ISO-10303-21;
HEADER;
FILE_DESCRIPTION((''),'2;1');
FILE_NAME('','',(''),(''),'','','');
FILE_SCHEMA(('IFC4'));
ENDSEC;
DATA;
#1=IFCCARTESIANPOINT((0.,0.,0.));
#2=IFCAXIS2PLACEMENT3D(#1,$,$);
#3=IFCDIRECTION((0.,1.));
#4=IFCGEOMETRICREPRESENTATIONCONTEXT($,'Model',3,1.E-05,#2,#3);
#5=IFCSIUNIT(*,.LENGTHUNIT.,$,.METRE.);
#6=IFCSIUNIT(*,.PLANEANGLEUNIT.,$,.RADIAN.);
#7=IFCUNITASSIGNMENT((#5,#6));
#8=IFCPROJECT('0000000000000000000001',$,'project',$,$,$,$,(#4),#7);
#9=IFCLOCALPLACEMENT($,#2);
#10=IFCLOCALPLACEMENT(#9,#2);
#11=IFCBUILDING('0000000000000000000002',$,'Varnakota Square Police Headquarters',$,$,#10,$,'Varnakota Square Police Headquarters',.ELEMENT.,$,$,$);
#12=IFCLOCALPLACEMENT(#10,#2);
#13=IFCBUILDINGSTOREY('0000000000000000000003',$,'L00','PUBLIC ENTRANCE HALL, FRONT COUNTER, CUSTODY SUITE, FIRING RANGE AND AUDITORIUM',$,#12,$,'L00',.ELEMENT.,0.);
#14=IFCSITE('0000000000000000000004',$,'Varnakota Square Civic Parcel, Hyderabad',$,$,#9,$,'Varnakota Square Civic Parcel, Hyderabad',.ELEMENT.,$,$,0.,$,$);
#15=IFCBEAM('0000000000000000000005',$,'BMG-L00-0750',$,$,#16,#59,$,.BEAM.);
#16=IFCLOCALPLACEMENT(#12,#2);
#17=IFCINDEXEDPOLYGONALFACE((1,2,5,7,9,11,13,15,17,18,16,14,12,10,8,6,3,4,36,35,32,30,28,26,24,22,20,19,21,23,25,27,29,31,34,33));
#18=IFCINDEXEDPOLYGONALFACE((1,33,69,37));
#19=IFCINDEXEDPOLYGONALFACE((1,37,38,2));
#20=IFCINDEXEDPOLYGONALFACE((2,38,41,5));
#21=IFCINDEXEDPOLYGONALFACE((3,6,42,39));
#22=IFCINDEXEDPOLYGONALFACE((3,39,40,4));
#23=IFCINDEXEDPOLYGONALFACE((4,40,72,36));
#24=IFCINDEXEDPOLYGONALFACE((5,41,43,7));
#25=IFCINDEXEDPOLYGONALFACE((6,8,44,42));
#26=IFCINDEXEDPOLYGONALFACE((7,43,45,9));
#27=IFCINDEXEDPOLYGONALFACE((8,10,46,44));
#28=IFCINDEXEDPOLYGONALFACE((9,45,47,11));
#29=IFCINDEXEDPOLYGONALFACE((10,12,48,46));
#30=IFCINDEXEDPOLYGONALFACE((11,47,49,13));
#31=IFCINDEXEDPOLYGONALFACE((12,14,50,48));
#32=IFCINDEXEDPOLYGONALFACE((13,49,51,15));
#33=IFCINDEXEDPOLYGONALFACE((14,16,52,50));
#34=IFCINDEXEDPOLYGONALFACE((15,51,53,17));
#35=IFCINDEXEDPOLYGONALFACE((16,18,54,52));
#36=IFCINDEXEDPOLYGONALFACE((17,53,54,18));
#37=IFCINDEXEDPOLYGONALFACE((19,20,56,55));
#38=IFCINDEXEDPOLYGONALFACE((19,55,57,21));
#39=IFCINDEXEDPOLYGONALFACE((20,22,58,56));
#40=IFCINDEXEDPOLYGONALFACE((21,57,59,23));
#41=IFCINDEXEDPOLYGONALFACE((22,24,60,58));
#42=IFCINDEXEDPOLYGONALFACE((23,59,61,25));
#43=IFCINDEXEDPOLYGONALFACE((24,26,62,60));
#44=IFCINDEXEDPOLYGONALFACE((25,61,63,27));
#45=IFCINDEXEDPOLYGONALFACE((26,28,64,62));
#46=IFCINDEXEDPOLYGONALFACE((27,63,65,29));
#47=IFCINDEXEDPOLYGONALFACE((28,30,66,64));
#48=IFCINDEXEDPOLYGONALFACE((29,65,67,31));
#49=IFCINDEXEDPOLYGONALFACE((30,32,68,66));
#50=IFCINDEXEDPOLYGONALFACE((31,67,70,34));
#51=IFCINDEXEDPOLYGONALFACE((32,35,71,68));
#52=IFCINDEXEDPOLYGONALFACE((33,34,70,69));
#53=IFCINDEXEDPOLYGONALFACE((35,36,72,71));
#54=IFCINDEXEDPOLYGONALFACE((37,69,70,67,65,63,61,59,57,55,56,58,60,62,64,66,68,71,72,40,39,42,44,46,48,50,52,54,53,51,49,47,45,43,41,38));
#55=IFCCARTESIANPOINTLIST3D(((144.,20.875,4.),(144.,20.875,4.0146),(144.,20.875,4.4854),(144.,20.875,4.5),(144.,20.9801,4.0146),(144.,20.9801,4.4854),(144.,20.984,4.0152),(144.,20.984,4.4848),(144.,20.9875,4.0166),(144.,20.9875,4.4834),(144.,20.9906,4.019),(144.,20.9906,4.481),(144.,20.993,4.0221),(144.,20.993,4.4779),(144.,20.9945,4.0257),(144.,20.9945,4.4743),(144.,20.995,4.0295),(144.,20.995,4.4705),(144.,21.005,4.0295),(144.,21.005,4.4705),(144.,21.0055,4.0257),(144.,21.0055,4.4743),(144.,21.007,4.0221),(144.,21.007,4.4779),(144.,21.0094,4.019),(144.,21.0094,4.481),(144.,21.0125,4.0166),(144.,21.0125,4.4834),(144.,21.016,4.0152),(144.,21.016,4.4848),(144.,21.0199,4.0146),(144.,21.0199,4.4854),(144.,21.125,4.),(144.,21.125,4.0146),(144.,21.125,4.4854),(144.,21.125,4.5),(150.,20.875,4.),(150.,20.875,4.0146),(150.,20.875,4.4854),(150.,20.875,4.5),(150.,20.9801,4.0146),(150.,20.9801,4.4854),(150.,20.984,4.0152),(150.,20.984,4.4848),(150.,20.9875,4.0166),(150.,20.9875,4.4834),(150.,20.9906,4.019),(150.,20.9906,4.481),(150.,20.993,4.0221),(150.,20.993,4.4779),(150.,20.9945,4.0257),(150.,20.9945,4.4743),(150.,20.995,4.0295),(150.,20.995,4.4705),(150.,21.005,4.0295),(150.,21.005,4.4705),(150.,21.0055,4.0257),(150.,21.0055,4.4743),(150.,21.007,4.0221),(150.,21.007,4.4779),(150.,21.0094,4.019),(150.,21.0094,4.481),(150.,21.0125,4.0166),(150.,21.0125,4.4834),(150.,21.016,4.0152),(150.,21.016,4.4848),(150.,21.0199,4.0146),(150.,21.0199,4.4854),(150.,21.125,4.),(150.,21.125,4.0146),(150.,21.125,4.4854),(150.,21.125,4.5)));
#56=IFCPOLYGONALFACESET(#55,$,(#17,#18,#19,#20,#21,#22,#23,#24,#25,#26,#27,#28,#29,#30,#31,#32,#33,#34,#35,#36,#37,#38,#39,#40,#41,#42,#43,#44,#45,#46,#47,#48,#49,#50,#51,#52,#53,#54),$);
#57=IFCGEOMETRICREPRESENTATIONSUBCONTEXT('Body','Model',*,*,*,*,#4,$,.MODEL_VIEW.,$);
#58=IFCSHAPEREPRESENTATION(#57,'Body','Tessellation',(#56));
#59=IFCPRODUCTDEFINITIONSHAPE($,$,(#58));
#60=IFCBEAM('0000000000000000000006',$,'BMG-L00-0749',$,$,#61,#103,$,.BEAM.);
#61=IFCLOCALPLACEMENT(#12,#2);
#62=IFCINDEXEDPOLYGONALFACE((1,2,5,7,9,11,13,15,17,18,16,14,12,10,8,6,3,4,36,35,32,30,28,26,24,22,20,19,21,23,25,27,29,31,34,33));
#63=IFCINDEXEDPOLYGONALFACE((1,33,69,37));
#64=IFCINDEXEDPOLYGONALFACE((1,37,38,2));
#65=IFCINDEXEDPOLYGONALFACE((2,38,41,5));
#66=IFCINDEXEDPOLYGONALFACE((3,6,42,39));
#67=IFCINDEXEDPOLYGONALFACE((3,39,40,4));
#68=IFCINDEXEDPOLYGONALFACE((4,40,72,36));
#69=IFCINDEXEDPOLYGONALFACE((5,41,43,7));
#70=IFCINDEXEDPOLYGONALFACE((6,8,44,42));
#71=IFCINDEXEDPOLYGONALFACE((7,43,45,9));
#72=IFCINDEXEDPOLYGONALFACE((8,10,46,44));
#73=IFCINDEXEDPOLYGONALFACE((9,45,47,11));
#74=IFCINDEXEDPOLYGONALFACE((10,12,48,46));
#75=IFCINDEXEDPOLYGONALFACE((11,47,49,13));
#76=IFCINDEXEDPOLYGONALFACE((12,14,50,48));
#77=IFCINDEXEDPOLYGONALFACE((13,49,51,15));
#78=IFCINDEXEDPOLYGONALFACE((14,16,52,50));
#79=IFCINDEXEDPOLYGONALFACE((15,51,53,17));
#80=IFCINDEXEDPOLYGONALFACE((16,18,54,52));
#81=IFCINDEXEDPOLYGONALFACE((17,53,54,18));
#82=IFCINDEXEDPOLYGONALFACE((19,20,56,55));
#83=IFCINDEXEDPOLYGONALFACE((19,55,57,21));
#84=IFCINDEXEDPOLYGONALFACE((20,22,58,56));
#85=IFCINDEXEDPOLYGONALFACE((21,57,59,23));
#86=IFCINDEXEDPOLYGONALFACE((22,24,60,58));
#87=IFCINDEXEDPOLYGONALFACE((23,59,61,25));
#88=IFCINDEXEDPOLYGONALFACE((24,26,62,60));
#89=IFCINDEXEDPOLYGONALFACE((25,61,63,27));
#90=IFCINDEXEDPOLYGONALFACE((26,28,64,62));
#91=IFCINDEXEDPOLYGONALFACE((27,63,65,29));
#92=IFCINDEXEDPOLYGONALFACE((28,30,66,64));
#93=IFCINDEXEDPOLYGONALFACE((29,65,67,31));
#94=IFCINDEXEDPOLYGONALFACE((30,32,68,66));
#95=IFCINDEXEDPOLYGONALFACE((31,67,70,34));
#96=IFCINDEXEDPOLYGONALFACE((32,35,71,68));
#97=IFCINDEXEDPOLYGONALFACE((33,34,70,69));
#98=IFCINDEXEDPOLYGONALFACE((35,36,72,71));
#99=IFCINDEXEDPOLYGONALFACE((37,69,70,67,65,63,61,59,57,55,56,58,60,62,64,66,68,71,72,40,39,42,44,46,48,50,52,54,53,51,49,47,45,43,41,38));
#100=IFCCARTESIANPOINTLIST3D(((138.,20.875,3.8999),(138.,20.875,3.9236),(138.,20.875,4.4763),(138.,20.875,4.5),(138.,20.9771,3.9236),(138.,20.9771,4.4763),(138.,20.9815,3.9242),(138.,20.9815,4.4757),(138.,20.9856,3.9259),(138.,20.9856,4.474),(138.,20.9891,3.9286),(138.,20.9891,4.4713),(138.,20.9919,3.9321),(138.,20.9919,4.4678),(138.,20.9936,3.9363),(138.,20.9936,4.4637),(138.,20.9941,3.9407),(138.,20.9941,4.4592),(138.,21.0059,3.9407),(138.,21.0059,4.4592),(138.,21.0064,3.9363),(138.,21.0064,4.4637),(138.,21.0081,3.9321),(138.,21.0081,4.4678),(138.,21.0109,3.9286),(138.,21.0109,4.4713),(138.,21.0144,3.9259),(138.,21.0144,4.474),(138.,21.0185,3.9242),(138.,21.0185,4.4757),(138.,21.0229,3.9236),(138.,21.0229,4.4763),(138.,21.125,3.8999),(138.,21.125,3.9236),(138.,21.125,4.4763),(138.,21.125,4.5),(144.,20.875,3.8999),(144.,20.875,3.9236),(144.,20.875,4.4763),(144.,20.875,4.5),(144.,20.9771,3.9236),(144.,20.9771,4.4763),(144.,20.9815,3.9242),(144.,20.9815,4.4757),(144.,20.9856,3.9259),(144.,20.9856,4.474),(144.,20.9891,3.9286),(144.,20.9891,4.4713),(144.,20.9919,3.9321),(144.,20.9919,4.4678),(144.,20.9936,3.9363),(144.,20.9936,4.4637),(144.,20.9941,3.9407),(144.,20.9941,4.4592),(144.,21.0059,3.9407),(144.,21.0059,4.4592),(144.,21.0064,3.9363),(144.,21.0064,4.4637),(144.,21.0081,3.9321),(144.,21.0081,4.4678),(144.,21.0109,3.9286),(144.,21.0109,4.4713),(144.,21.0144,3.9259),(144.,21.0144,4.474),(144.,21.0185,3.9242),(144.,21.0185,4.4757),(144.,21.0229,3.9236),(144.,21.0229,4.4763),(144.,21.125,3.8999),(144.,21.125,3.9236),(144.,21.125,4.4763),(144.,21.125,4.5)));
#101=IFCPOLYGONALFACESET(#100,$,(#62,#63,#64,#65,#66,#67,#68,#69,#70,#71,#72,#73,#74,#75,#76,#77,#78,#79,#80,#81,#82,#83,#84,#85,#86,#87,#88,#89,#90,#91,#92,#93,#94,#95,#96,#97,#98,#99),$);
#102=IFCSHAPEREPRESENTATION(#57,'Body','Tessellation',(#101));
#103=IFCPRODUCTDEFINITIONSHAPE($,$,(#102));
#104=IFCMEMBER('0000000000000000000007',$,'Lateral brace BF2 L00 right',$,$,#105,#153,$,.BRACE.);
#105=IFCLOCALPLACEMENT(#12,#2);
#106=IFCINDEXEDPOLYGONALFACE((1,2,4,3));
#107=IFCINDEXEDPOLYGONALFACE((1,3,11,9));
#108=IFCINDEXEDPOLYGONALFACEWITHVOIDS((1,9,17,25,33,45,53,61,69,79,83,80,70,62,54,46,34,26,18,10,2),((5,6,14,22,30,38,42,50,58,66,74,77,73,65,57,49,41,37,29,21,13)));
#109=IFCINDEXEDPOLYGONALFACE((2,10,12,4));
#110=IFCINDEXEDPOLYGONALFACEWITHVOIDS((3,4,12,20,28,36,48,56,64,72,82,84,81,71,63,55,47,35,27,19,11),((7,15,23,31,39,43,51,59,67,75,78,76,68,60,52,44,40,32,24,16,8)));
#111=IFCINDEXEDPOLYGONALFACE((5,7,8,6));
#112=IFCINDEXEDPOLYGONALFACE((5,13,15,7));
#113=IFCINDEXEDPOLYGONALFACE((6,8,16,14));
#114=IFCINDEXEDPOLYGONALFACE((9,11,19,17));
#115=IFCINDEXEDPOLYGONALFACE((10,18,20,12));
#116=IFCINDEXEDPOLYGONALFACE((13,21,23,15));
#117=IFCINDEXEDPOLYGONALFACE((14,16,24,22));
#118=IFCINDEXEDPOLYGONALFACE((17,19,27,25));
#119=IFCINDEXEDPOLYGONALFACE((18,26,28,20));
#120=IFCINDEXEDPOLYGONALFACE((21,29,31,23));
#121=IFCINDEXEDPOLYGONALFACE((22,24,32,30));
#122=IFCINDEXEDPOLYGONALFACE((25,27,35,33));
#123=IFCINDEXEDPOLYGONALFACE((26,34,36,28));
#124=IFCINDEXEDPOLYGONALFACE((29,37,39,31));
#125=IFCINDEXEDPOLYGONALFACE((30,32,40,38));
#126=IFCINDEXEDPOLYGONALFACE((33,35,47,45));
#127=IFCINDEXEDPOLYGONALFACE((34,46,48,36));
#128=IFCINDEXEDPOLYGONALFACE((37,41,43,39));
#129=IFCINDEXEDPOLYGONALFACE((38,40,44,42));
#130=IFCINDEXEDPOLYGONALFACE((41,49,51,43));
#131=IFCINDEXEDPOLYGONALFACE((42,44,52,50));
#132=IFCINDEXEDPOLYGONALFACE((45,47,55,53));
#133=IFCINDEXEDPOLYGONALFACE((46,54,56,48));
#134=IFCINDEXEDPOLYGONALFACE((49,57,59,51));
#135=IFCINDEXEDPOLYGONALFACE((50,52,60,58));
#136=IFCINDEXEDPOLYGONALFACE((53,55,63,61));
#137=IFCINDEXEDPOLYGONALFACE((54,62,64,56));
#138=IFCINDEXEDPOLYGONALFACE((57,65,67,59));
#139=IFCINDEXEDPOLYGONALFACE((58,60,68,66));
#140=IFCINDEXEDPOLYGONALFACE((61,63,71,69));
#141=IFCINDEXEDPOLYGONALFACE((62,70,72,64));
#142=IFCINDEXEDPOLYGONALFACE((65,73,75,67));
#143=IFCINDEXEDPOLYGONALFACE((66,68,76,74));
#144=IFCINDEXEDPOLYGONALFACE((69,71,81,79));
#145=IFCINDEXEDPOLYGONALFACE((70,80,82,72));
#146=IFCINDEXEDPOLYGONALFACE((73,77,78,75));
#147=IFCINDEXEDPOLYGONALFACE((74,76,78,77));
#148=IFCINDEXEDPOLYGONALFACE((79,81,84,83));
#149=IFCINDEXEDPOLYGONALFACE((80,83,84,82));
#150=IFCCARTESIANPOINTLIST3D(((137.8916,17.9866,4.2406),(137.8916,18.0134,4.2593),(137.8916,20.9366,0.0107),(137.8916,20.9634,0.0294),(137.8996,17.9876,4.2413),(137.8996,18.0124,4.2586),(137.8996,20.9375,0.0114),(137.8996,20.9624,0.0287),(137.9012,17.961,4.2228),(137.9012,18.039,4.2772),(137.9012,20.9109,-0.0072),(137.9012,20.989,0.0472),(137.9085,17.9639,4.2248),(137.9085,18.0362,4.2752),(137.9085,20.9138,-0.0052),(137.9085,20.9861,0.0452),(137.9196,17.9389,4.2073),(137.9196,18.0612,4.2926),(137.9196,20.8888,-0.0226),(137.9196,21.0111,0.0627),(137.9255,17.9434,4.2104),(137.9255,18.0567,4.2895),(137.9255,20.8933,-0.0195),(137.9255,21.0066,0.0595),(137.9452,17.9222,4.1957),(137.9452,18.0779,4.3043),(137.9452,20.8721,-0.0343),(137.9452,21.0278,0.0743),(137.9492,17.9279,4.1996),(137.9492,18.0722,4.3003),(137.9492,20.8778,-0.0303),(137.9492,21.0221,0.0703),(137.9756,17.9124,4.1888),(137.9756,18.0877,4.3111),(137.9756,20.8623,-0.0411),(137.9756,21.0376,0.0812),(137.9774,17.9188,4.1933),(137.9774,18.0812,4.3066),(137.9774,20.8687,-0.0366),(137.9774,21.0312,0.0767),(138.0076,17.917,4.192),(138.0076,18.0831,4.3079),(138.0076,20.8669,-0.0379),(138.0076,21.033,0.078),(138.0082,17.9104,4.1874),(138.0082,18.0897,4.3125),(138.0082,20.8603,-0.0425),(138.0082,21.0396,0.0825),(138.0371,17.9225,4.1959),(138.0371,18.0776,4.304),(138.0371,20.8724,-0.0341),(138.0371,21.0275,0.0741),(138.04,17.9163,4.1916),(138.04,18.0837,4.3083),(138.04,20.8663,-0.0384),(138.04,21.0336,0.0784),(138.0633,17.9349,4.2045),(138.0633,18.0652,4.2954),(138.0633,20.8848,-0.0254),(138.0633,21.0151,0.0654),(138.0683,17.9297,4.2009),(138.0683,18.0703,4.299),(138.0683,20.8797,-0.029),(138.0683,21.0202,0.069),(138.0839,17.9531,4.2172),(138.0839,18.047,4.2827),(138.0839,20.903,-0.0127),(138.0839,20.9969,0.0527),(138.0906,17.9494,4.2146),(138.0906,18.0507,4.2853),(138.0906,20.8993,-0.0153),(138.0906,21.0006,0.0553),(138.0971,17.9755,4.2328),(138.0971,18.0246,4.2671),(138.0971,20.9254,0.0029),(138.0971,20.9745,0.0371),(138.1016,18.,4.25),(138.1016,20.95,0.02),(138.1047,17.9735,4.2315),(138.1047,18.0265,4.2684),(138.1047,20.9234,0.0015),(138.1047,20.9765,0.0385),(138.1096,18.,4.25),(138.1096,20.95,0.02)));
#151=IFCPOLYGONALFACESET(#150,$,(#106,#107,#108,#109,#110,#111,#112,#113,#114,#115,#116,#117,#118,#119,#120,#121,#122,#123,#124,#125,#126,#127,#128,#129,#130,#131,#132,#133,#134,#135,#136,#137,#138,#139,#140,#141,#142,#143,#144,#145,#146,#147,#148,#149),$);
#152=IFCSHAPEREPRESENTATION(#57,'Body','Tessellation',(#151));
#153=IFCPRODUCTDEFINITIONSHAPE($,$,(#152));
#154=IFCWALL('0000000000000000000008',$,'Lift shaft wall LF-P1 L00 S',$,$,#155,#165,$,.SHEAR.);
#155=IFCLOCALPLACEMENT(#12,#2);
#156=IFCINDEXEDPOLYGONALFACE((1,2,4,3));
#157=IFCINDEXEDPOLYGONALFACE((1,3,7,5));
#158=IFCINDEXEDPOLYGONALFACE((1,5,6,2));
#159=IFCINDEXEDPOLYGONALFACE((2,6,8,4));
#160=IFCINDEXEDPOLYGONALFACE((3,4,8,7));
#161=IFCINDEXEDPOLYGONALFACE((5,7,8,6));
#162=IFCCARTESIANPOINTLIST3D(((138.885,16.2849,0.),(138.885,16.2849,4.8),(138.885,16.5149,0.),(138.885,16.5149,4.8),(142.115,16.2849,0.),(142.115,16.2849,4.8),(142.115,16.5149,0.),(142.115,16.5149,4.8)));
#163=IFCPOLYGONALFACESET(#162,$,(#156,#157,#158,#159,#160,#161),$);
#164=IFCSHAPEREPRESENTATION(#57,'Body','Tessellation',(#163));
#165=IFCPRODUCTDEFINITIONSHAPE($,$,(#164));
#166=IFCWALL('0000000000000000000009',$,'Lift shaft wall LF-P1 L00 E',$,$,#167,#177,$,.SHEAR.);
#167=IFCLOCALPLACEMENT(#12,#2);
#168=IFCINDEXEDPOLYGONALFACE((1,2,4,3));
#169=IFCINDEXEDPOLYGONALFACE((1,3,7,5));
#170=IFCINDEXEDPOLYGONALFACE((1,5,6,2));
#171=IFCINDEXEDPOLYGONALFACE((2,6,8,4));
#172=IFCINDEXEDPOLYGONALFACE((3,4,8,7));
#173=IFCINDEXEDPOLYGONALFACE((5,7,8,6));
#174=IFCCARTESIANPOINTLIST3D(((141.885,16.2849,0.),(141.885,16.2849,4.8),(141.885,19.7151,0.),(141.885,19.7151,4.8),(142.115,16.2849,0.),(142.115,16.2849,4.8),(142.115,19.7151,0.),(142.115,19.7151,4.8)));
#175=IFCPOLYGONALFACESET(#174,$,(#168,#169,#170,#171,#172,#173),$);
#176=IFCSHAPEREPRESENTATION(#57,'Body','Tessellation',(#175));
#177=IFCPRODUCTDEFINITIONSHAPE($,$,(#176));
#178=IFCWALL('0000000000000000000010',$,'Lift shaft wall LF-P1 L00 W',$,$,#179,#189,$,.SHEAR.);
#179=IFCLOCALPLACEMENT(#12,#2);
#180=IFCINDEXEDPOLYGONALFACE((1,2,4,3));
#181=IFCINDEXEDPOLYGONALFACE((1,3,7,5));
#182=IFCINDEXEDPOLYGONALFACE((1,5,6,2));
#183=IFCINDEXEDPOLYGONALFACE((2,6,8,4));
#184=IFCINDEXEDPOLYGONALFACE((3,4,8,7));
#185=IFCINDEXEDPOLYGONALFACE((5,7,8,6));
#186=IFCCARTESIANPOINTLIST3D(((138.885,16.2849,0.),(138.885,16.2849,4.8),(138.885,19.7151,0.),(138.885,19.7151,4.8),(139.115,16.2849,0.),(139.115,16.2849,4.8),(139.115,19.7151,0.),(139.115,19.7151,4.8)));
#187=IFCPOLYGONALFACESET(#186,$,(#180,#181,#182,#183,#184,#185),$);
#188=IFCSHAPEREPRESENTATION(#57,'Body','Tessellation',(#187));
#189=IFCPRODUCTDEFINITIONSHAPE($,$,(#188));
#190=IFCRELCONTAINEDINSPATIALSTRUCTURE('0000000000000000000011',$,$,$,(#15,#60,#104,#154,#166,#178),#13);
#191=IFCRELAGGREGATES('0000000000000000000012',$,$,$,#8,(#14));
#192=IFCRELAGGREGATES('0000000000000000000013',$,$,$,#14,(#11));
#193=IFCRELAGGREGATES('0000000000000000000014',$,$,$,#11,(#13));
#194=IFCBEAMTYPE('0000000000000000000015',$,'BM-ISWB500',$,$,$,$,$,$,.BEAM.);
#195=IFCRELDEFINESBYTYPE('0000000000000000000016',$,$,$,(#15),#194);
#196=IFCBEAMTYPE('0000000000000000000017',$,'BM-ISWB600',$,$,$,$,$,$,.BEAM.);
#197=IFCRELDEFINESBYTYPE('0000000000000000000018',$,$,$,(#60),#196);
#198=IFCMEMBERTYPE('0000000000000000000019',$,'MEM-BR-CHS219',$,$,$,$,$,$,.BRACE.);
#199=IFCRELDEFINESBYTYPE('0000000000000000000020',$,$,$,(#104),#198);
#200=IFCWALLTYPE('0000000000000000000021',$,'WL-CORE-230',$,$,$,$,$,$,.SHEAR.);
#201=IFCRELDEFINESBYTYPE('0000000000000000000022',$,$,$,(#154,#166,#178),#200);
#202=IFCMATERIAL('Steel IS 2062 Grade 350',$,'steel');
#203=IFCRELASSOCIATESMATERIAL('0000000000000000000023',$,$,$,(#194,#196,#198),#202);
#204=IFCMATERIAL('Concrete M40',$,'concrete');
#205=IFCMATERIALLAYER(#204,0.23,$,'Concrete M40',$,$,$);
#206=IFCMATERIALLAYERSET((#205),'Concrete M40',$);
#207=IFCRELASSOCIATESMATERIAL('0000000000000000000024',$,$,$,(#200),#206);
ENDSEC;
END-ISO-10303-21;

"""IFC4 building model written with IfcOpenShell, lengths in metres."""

from ifc_helpers import new_model, si_unit, direction, frame, frame_2d, origin, origin_2d, place, context, subcontext, project, spatial, rectangle, hollow_circle, i_section, extrude, material, layer, layer_set, material_profile, profile_set, type_object, element, save


model = new_model("IFC4")

# Units and contexts
model_context = context("Model", 3, precision=1e-05, world=origin(), true_north=direction((0.0, 1.0)))
body_context = subcontext(model_context, "Body", "Model", "MODEL_VIEW")
ifc_project = project(units=[si_unit("LENGTHUNIT", "METRE"), si_unit("PLANEANGLEUNIT", "RADIAN")], contexts=[model_context])

# Site, building, storey
site_placement = place(None, origin())
site = spatial("IfcSite", under=ifc_project, at=site_placement, Name="Varnakota Square Civic Parcel, Hyderabad", LongName="Varnakota Square Civic Parcel, Hyderabad", CompositionType="ELEMENT", RefElevation=0.0)
building_placement = place(site_placement, origin())
building = spatial("IfcBuilding", under=site, at=building_placement, Name="Varnakota Square Police Headquarters", LongName="Varnakota Square Police Headquarters", CompositionType="ELEMENT")
storey_placement = place(building_placement, origin())
storey = spatial("IfcBuildingStorey", under=building, at=storey_placement, Name="L00", Description="PUBLIC ENTRANCE HALL, FRONT COUNTER, CUSTODY SUITE, FIRING RANGE AND AUDITORIUM", LongName="L00", CompositionType="ELEMENT", Elevation=0.0)

# Beams
ifc_material_1 = material(Name="Steel IS 2062 Grade 350", Category="steel")
ifc_material_profile_1 = material_profile(ifc_material_1, i_section(OverallWidth=0.25, OverallDepth=0.5, WebThickness=0.01, FlangeThickness=0.0146, FilletRadius=0.0149, at=origin_2d()), Name="ISWB 500")
ifc_profile_set_1 = profile_set([ifc_material_profile_1], Name="Steel IS 2062 Grade 350")
beam_type_1 = type_object("IfcBeamType", Name="BM-ISWB500", PredefinedType="BEAM", material=ifc_profile_set_1)
beam_1_placement = place(storey_placement, frame((144.0, 21.0, 4.25), z_axis=(1.0, 0.0, 0.0), x_axis=(0.0, 1.0, 0.0)))
element("IfcBeam", 1, at=beam_1_placement, inside=storey, type_object=beam_type_1, Name="BMG-L00-0750", PredefinedType="BEAM", context=body_context, shape_type="SweptSolid", body=[
    extrude(i_section(OverallWidth=0.25, OverallDepth=0.5, WebThickness=0.01, FlangeThickness=0.0146, FilletRadius=0.0149, at=origin_2d()), origin(), (0.0, 0.0, 1.0), 6.0),
])
ifc_material_profile_2 = material_profile(ifc_material_1, i_section(OverallWidth=0.25, OverallDepth=0.6001, WebThickness=0.0117, FlangeThickness=0.0237, FilletRadius=0.0171, at=origin_2d()), Name="ISWB 600")
ifc_profile_set_2 = profile_set([ifc_material_profile_2], Name="Steel IS 2062 Grade 350")
beam_type_2 = type_object("IfcBeamType", Name="BM-ISWB600", PredefinedType="BEAM", material=ifc_profile_set_2)
beam_2_placement = place(storey_placement, frame((138.0, 21.0, 4.2), z_axis=(1.0, 0.0, 0.0), x_axis=(0.0, 1.0, 0.0)))
element("IfcBeam", 2, at=beam_2_placement, inside=storey, type_object=beam_type_2, Name="BMG-L00-0749", PredefinedType="BEAM", context=body_context, shape_type="SweptSolid", body=[
    extrude(i_section(OverallWidth=0.25, OverallDepth=0.6001, WebThickness=0.0117, FlangeThickness=0.0237, FilletRadius=0.0171, at=origin_2d()), origin(), (0.0, 0.0, 1.0), 6.0),
])

# Member
ifc_material_profile_3 = material_profile(ifc_material_1, hollow_circle(Radius=0.1096, WallThickness=0.0081, at=origin_2d()), Name="CHS 219.1x8.0")
ifc_profile_set_3 = profile_set([ifc_material_profile_3], Name="Steel IS 2062 Grade 350")
member_type = type_object("IfcMemberType", Name="MEM-BR-CHS219", PredefinedType="BRACE", material=ifc_profile_set_3)
member_placement = place(storey_placement, frame((138.0, 20.95, 0.02), z_axis=(0.0, -0.572025, 0.820236), x_axis=(1.0, 0.0, 0.0)))
element("IfcMember", 3, at=member_placement, inside=storey, type_object=member_type, Name="Lateral brace BF2 L00 right", PredefinedType="BRACE", context=body_context, shape_type="SweptSolid", body=[
    extrude(hollow_circle(Radius=0.1096, WallThickness=0.0081, at=origin_2d()), origin(), (0.0, 0.0, 1.0), 5.157),
])

# Walls
ifc_material_2 = material(Name="Concrete M40", Category="concrete")
ifc_layer_1 = layer(ifc_material_2, 0.23, Name="Concrete M40")
ifc_layer_set_1 = layer_set([ifc_layer_1], Name="Concrete M40")
wall_type_1 = type_object("IfcWallType", Name="WL-CORE-230", PredefinedType="SHEAR", material=ifc_layer_set_1)
wall_1_placement = place(storey_placement, frame((138.885, 16.3999, 0.0), z_axis=(0.0, 0.0, 1.0), x_axis=(1.0, 0.0, 0.0)))
element("IfcWall", 4, at=wall_1_placement, inside=storey, type_object=wall_type_1, Name="Lift shaft wall LF-P1 L00 S", PredefinedType="SHEAR", context=body_context, shape_type="SweptSolid", body=[
    extrude(rectangle(XDim=3.23, YDim=0.23, at=frame_2d((1.615, 0.0))), origin(), (0.0, 0.0, 1.0), 4.8),
])
wall_2_placement = place(storey_placement, frame((142.0, 16.2849, 0.0), z_axis=(0.0, 0.0, 1.0), x_axis=(0.0, 1.0, 0.0)))
element("IfcWall", 5, at=wall_2_placement, inside=storey, type_object=wall_type_1, Name="Lift shaft wall LF-P1 L00 E", PredefinedType="SHEAR", context=body_context, shape_type="SweptSolid", body=[
    extrude(rectangle(XDim=3.4302, YDim=0.23, at=frame_2d((1.7151, 0.0))), origin(), (0.0, 0.0, 1.0), 4.8),
])

# Wall
wall_3_placement = place(storey_placement, frame((139.0, 19.7151, 0.0), z_axis=(0.0, 0.0, 1.0), x_axis=(0.0, -1.0, 0.0)))
element("IfcWall", 6, at=wall_3_placement, inside=storey, type_object=wall_type_1, Name="Lift shaft wall LF-P1 L00 W", PredefinedType="SHEAR", context=body_context, shape_type="SweptSolid", body=[
    extrude(rectangle(XDim=3.4302, YDim=0.23, at=frame_2d((1.7151, 0.0))), origin(), (0.0, 0.0, 1.0), 4.8),
])

save(model, "model.ifc")
